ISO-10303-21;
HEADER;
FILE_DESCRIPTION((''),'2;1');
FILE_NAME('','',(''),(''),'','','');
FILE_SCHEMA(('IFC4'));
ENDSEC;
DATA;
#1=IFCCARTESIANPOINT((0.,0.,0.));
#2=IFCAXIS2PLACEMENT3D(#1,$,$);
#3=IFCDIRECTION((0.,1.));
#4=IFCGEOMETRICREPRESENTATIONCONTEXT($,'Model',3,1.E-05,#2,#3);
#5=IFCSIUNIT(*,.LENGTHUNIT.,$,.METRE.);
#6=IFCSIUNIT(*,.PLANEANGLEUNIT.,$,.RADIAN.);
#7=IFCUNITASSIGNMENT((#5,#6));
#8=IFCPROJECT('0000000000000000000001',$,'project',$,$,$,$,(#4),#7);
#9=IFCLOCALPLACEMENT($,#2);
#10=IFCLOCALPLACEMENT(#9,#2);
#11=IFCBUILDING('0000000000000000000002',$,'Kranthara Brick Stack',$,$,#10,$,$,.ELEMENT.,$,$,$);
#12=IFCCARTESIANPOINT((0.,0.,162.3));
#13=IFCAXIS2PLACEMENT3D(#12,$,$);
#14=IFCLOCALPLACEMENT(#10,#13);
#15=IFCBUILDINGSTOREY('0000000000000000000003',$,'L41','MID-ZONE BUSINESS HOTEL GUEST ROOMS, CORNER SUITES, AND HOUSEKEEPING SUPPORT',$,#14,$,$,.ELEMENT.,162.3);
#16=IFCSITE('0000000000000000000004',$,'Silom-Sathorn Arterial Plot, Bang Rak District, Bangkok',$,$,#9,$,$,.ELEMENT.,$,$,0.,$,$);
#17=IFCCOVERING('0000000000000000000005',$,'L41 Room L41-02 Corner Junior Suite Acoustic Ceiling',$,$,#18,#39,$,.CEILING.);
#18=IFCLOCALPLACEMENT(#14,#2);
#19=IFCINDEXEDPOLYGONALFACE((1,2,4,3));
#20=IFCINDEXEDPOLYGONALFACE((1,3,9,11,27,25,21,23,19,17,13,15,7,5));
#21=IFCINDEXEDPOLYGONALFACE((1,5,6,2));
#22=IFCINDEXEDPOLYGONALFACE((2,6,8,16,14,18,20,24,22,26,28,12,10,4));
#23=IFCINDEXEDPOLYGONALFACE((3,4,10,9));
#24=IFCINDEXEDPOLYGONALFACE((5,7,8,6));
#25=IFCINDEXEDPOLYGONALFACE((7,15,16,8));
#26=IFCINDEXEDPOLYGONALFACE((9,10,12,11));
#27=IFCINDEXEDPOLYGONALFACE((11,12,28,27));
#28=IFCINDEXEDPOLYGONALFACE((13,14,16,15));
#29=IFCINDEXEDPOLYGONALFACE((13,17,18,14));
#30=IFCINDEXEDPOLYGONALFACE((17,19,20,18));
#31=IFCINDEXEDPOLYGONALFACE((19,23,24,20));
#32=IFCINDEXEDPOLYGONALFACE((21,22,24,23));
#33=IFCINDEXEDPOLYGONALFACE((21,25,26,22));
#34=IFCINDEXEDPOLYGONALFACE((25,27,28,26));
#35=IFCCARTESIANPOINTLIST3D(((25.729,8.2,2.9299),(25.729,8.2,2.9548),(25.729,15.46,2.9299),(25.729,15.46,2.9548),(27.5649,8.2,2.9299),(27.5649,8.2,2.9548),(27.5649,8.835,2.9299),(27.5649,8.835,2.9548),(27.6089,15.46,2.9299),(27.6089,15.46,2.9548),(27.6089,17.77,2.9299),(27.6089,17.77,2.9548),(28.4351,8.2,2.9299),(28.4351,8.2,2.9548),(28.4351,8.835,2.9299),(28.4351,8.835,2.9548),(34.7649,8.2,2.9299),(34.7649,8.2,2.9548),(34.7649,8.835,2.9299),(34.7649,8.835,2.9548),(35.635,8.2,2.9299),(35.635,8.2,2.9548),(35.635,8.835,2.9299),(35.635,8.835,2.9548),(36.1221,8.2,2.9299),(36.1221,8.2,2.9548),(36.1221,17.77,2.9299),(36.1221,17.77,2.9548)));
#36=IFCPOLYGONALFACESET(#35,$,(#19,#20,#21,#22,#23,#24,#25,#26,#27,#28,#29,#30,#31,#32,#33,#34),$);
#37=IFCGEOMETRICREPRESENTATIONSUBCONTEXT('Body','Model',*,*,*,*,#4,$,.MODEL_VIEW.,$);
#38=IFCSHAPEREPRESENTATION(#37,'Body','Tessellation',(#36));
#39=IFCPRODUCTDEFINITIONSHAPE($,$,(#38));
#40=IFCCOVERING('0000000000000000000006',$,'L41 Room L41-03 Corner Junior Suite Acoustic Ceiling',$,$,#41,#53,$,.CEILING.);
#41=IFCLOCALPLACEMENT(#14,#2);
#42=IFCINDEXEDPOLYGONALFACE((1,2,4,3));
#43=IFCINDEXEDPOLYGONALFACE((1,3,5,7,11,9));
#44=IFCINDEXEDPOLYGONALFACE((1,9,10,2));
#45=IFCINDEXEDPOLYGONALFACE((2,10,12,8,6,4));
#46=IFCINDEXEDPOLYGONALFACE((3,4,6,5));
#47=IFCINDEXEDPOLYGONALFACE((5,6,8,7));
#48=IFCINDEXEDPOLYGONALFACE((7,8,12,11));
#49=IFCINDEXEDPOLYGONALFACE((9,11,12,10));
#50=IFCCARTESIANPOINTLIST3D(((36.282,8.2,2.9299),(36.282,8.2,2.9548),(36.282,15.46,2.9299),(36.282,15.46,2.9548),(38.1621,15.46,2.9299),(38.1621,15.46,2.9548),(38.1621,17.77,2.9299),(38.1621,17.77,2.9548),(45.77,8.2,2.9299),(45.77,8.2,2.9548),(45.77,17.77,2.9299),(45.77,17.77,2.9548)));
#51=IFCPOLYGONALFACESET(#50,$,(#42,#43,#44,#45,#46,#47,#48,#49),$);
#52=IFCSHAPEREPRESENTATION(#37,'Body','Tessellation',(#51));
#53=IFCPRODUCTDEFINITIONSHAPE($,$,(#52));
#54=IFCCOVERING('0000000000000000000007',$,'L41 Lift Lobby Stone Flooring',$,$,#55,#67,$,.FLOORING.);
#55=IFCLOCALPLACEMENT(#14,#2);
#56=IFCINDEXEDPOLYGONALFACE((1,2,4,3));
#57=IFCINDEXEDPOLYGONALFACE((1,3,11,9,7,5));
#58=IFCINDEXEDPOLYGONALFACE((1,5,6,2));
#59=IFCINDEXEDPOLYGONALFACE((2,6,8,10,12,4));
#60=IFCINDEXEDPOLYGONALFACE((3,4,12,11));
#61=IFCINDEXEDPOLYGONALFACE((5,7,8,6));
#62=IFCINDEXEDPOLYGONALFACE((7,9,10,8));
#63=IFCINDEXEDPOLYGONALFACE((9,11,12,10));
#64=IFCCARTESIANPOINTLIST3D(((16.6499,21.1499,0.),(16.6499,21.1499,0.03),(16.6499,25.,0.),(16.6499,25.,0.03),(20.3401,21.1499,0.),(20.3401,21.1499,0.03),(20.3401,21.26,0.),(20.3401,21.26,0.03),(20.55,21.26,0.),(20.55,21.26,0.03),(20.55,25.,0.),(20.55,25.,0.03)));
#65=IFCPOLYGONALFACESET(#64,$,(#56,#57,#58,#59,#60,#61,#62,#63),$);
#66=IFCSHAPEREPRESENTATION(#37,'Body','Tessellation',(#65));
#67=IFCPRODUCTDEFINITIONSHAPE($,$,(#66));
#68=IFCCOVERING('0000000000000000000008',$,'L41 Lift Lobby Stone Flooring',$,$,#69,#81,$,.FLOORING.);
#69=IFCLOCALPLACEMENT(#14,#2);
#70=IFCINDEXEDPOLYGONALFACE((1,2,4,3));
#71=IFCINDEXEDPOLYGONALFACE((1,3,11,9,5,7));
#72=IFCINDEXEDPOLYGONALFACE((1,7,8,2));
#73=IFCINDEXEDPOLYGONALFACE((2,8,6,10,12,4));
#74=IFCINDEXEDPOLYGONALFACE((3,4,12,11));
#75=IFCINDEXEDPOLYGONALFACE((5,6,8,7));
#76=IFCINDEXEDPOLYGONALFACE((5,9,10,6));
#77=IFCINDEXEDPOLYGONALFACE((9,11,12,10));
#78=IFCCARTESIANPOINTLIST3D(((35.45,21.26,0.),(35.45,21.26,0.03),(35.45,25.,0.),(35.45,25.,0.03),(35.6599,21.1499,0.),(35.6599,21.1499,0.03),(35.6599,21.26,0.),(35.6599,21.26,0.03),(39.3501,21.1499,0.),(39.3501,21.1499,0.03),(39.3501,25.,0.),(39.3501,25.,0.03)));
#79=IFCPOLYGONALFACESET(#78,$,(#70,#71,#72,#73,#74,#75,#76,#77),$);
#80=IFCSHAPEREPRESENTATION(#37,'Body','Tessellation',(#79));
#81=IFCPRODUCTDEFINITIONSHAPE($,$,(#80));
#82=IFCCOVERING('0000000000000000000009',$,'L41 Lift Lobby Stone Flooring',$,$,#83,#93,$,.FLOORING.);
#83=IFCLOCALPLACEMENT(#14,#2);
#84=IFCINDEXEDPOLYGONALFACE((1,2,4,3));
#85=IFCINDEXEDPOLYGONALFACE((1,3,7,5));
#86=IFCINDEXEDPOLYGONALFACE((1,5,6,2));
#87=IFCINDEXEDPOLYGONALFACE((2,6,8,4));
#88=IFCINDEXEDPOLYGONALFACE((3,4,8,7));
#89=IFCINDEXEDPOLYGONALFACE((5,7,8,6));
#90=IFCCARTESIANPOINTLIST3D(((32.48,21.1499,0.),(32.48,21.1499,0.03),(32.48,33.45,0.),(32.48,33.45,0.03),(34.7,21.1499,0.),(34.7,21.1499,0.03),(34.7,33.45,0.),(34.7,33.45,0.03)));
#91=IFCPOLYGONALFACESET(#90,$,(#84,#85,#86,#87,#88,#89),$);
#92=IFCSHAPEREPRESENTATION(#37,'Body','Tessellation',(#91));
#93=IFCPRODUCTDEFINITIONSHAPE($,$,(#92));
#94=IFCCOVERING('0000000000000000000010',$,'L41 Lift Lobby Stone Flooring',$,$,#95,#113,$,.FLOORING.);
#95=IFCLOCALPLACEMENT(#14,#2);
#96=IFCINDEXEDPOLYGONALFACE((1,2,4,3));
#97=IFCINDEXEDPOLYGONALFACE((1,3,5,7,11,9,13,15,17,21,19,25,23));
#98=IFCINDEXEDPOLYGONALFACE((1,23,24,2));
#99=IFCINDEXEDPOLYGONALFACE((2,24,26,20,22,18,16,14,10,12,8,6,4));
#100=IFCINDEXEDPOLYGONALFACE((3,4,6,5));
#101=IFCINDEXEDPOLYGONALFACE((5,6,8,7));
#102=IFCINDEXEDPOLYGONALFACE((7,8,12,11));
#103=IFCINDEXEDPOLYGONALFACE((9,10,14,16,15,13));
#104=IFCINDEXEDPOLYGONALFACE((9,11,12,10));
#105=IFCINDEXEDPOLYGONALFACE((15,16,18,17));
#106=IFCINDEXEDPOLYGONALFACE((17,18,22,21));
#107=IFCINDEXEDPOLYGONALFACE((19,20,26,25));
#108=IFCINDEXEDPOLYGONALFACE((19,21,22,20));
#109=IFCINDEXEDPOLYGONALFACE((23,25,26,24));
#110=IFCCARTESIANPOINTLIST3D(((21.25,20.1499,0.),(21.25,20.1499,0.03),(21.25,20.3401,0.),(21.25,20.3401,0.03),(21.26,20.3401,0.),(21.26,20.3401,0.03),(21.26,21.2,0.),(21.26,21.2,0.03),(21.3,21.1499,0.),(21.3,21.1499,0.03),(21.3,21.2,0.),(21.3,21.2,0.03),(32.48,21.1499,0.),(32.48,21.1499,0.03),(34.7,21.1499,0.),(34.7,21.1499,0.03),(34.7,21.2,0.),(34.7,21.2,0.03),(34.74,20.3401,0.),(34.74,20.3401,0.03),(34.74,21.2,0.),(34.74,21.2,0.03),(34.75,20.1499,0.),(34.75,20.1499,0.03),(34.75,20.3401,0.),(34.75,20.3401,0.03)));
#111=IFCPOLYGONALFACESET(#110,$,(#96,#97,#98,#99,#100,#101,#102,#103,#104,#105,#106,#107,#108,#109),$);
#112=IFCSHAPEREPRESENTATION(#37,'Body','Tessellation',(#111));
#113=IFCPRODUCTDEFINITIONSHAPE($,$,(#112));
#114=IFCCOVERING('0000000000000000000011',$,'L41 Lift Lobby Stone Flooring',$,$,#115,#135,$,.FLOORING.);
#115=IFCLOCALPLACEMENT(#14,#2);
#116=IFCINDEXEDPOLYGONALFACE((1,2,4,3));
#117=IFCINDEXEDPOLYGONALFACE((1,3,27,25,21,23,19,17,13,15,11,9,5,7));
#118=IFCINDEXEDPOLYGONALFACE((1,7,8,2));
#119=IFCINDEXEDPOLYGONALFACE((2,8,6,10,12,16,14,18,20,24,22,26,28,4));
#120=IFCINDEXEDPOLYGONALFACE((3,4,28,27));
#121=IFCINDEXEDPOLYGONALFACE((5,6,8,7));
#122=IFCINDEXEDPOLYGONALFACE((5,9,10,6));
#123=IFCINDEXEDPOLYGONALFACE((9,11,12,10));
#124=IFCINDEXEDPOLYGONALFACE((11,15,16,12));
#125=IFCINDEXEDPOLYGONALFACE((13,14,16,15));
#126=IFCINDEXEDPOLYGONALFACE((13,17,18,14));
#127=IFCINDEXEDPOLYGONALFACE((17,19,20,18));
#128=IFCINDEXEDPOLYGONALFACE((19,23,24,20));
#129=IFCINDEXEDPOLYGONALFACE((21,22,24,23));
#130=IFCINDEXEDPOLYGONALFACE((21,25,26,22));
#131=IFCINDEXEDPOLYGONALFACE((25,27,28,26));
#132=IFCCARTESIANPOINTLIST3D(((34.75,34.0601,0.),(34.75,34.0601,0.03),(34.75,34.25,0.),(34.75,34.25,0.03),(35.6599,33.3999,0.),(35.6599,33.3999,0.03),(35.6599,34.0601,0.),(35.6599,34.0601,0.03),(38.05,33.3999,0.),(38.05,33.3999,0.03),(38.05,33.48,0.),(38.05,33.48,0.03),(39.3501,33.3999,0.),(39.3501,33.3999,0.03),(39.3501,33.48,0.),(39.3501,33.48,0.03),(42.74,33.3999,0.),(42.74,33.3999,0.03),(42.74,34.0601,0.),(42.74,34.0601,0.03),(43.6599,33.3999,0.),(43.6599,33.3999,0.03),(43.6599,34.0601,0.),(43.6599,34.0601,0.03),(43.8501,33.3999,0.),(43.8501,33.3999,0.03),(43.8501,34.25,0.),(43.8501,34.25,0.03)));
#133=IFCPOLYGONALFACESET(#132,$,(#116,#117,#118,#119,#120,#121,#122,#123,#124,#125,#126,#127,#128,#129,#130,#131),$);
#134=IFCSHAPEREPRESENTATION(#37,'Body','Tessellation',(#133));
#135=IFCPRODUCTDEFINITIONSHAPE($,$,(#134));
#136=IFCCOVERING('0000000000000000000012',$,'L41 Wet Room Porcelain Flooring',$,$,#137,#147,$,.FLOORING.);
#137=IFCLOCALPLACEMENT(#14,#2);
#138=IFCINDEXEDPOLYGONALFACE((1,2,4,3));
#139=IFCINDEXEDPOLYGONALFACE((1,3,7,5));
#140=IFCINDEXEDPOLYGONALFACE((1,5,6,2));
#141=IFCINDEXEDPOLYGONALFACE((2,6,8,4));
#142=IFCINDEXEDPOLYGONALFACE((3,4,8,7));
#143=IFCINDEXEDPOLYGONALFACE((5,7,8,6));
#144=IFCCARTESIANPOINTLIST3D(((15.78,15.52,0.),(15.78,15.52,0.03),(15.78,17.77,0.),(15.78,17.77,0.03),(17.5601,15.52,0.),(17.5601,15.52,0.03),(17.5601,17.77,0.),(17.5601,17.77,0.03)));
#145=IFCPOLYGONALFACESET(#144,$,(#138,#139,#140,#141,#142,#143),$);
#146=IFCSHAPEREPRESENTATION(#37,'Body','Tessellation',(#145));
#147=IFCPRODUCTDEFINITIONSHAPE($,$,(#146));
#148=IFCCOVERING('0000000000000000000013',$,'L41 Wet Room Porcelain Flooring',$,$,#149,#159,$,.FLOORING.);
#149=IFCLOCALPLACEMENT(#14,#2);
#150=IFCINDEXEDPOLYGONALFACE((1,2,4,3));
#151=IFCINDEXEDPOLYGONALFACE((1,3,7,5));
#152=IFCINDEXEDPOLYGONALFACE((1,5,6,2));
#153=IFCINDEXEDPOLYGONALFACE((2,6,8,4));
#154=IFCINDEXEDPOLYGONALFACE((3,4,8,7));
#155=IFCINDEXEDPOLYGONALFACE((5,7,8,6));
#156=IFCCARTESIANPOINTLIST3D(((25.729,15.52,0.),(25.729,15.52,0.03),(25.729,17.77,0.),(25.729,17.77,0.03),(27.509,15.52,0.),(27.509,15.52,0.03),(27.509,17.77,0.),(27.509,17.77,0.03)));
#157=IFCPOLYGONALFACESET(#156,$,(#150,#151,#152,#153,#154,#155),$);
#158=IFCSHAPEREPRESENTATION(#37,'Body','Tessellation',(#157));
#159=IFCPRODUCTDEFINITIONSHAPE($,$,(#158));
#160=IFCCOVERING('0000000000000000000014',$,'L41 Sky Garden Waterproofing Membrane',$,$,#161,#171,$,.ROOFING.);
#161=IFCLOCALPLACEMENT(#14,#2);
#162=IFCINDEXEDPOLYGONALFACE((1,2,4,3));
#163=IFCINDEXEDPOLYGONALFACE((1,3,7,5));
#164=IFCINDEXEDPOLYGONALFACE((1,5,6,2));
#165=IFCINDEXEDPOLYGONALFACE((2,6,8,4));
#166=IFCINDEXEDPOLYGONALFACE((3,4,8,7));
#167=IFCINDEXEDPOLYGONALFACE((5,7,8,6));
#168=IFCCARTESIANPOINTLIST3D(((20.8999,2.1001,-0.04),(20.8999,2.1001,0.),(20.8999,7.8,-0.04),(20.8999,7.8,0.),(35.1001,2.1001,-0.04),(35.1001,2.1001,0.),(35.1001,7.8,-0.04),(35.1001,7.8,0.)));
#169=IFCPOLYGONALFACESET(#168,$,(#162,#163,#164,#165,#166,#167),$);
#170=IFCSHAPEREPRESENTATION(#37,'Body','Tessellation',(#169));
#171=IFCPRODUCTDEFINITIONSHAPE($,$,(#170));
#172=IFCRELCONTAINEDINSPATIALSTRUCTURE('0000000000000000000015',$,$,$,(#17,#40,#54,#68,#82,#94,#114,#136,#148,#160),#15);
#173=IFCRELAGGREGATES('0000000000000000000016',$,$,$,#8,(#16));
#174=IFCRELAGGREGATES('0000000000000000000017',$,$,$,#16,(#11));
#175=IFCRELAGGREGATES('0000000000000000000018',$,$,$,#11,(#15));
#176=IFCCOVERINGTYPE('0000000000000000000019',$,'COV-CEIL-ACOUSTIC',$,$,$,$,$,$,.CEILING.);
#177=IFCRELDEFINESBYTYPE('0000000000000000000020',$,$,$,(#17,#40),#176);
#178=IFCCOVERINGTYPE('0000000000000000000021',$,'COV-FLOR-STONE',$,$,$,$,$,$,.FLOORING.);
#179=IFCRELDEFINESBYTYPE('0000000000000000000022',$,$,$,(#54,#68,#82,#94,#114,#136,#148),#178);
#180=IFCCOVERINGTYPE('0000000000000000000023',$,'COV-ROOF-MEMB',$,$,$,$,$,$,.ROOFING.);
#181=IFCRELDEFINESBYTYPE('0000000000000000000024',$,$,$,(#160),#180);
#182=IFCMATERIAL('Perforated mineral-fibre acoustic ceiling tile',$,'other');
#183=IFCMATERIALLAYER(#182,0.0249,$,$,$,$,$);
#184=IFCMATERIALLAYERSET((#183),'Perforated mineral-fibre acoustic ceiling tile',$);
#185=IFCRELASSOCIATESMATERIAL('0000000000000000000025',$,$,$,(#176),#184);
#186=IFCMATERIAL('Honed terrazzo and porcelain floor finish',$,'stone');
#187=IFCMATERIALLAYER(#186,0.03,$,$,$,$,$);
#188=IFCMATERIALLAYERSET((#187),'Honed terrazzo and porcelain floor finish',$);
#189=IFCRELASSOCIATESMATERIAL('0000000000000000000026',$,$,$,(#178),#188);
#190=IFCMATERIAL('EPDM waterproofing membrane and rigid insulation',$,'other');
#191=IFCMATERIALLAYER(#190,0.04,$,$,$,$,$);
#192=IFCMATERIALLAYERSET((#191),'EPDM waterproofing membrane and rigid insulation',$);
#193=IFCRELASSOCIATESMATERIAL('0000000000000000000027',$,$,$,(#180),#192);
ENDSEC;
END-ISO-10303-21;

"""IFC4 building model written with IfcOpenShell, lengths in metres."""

from ifc_helpers import new_model, si_unit, direction, frame, origin, place, context, subcontext, project, spatial, polyline, outline, extrude, material, layer, layer_set, type_object, element, save


model = new_model("IFC4")

# Units and contexts
model_context = context("Model", 3, precision=1e-05, world=origin(), true_north=direction((0.0, 1.0)))
body_context = subcontext(model_context, "Body", "Model", "MODEL_VIEW")
ifc_project = project(units=[si_unit("LENGTHUNIT", "METRE"), si_unit("PLANEANGLEUNIT", "RADIAN")], contexts=[model_context])

# Site, building, storey
site_placement = place(None, origin())
site = spatial("IfcSite", under=ifc_project, at=site_placement, Name="Silom-Sathorn Arterial Plot, Bang Rak District, Bangkok", CompositionType="ELEMENT", RefElevation=0.0)
building_placement = place(site_placement, origin())
building = spatial("IfcBuilding", under=site, at=building_placement, Name="Kranthara Brick Stack", CompositionType="ELEMENT")
storey_placement = place(building_placement, frame((0.0, 0.0, 162.3)))
storey = spatial("IfcBuildingStorey", under=building, at=storey_placement, Name="L41", Description="MID-ZONE BUSINESS HOTEL GUEST ROOMS, CORNER SUITES, AND HOUSEKEEPING SUPPORT", CompositionType="ELEMENT", Elevation=162.3)

# Coverings
ifc_material_1 = material(Name="Perforated mineral-fibre acoustic ceiling tile", Category="other")
ifc_layer_1 = layer(ifc_material_1, 0.0249)
ifc_layer_set_1 = layer_set([ifc_layer_1], Name="Perforated mineral-fibre acoustic ceiling tile")
covering_type_1 = type_object("IfcCoveringType", Name="COV-CEIL-ACOUSTIC", PredefinedType="CEILING", material=ifc_layer_set_1)
covering_1_placement = place(storey_placement, frame((0.0, 0.0, 2.9299)))
element("IfcCovering", 1, at=covering_1_placement, inside=storey, type_object=covering_type_1, Name="L41 Room L41-02 Corner Junior Suite Acoustic Ceiling", PredefinedType="CEILING", context=body_context, shape_type="SweptSolid", body=[
    extrude(outline(polyline([(25.729, 15.46), (27.6089, 15.46), (27.6089, 17.77), (36.1221, 17.77), (36.1221, 8.2), (35.635, 8.2), (35.635, 8.835), (34.7649, 8.835), (34.7649, 8.2), (28.4351, 8.2), (28.4351, 8.835), (27.5649, 8.835), (27.5649, 8.2), (25.729, 8.2), (25.729, 15.46)])), origin(), (0.0, 0.0, 1.0), 0.0249),
])
covering_2_placement = place(storey_placement, frame((0.0, 0.0, 2.9299)))
element("IfcCovering", 2, at=covering_2_placement, inside=storey, type_object=covering_type_1, Name="L41 Room L41-03 Corner Junior Suite Acoustic Ceiling", PredefinedType="CEILING", context=body_context, shape_type="SweptSolid", body=[
    extrude(outline(polyline([(36.282, 8.2), (45.77, 8.2), (45.77, 17.77), (38.1621, 17.77), (38.1621, 15.46), (36.282, 15.46), (36.282, 8.2)])), origin(), (0.0, 0.0, 1.0), 0.0249),
])
ifc_material_2 = material(Name="Honed terrazzo and porcelain floor finish", Category="stone")
ifc_layer_2 = layer(ifc_material_2, 0.03)
ifc_layer_set_2 = layer_set([ifc_layer_2], Name="Honed terrazzo and porcelain floor finish")
covering_type_2 = type_object("IfcCoveringType", Name="COV-FLOR-STONE", PredefinedType="FLOORING", material=ifc_layer_set_2)
covering_3_placement = place(storey_placement, origin())
element("IfcCovering", 3, at=covering_3_placement, inside=storey, type_object=covering_type_2, Name="L41 Lift Lobby Stone Flooring", PredefinedType="FLOORING", context=body_context, shape_type="SweptSolid", body=[
    extrude(outline(polyline([(16.6499, 21.1499), (16.6499, 25.0), (20.55, 25.0), (20.55, 21.26), (20.3401, 21.26), (20.3401, 21.1499), (16.6499, 21.1499)])), origin(), (0.0, 0.0, 1.0), 0.03),
])
covering_4_placement = place(storey_placement, origin())
element("IfcCovering", 4, at=covering_4_placement, inside=storey, type_object=covering_type_2, Name="L41 Lift Lobby Stone Flooring", PredefinedType="FLOORING", context=body_context, shape_type="SweptSolid", body=[
    extrude(outline(polyline([(35.45, 25.0), (39.3501, 25.0), (39.3501, 21.1499), (35.6599, 21.1499), (35.6599, 21.26), (35.45, 21.26), (35.45, 25.0)])), origin(), (0.0, 0.0, 1.0), 0.03),
])
covering_5_placement = place(storey_placement, origin())
element("IfcCovering", 5, at=covering_5_placement, inside=storey, type_object=covering_type_2, Name="L41 Lift Lobby Stone Flooring", PredefinedType="FLOORING", context=body_context, shape_type="SweptSolid", body=[
    extrude(outline(polyline([(34.7, 21.1499), (34.7, 33.45), (32.48, 33.45), (32.48, 21.1499), (34.7, 21.1499)])), origin(), (0.0, 0.0, 1.0), 0.03),
])
covering_6_placement = place(storey_placement, origin())
element("IfcCovering", 6, at=covering_6_placement, inside=storey, type_object=covering_type_2, Name="L41 Lift Lobby Stone Flooring", PredefinedType="FLOORING", context=body_context, shape_type="SweptSolid", body=[
    extrude(outline(polyline([(21.25, 20.3401), (21.26, 20.3401), (21.26, 21.2), (21.3, 21.2), (21.3, 21.1499), (32.48, 21.1499), (34.7, 21.1499), (34.7, 21.2), (34.74, 21.2), (34.74, 20.3401), (34.75, 20.3401), (34.75, 20.1499), (21.25, 20.1499), (21.25, 20.3401)])), origin(), (0.0, 0.0, 1.0), 0.03),
])
covering_7_placement = place(storey_placement, origin())
element("IfcCovering", 7, at=covering_7_placement, inside=storey, type_object=covering_type_2, Name="L41 Lift Lobby Stone Flooring", PredefinedType="FLOORING", context=body_context, shape_type="SweptSolid", body=[
    extrude(outline(polyline([(43.6599, 33.3999), (43.6599, 34.0601), (42.74, 34.0601), (42.74, 33.3999), (39.3501, 33.3999), (39.3501, 33.48), (38.05, 33.48), (38.05, 33.3999), (35.6599, 33.3999), (35.6599, 34.0601), (34.75, 34.0601), (34.75, 34.25), (43.8501, 34.25), (43.8501, 33.3999), (43.6599, 33.3999)])), origin(), (0.0, 0.0, 1.0), 0.03),
])
covering_8_placement = place(storey_placement, origin())
element("IfcCovering", 8, at=covering_8_placement, inside=storey, type_object=covering_type_2, Name="L41 Wet Room Porcelain Flooring", PredefinedType="FLOORING", context=body_context, shape_type="SweptSolid", body=[
    extrude(outline(polyline([(15.78, 15.52), (15.78, 17.77), (17.5601, 17.77), (17.5601, 15.52), (15.78, 15.52)])), origin(), (0.0, 0.0, 1.0), 0.03),
])
covering_9_placement = place(storey_placement, origin())
element("IfcCovering", 9, at=covering_9_placement, inside=storey, type_object=covering_type_2, Name="L41 Wet Room Porcelain Flooring", PredefinedType="FLOORING", context=body_context, shape_type="SweptSolid", body=[
    extrude(outline(polyline([(25.729, 15.52), (25.729, 17.77), (27.509, 17.77), (27.509, 15.52), (25.729, 15.52)])), origin(), (0.0, 0.0, 1.0), 0.03),
])
ifc_material_3 = material(Name="EPDM waterproofing membrane and rigid insulation", Category="other")
ifc_layer_3 = layer(ifc_material_3, 0.04)
ifc_layer_set_3 = layer_set([ifc_layer_3], Name="EPDM waterproofing membrane and rigid insulation")
covering_type_3 = type_object("IfcCoveringType", Name="COV-ROOF-MEMB", PredefinedType="ROOFING", material=ifc_layer_set_3)
covering_10_placement = place(storey_placement, frame((0.0, 0.0, -0.04)))
element("IfcCovering", 10, at=covering_10_placement, inside=storey, type_object=covering_type_3, Name="L41 Sky Garden Waterproofing Membrane", PredefinedType="ROOFING", context=body_context, shape_type="SweptSolid", body=[
    extrude(outline(polyline([(20.8999, 2.1001), (35.1001, 2.1001), (35.1001, 7.8), (20.8999, 7.8), (20.8999, 2.1001)])), origin(), (0.0, 0.0, 1.0), 0.04),
])

save(model, "model.ifc")
